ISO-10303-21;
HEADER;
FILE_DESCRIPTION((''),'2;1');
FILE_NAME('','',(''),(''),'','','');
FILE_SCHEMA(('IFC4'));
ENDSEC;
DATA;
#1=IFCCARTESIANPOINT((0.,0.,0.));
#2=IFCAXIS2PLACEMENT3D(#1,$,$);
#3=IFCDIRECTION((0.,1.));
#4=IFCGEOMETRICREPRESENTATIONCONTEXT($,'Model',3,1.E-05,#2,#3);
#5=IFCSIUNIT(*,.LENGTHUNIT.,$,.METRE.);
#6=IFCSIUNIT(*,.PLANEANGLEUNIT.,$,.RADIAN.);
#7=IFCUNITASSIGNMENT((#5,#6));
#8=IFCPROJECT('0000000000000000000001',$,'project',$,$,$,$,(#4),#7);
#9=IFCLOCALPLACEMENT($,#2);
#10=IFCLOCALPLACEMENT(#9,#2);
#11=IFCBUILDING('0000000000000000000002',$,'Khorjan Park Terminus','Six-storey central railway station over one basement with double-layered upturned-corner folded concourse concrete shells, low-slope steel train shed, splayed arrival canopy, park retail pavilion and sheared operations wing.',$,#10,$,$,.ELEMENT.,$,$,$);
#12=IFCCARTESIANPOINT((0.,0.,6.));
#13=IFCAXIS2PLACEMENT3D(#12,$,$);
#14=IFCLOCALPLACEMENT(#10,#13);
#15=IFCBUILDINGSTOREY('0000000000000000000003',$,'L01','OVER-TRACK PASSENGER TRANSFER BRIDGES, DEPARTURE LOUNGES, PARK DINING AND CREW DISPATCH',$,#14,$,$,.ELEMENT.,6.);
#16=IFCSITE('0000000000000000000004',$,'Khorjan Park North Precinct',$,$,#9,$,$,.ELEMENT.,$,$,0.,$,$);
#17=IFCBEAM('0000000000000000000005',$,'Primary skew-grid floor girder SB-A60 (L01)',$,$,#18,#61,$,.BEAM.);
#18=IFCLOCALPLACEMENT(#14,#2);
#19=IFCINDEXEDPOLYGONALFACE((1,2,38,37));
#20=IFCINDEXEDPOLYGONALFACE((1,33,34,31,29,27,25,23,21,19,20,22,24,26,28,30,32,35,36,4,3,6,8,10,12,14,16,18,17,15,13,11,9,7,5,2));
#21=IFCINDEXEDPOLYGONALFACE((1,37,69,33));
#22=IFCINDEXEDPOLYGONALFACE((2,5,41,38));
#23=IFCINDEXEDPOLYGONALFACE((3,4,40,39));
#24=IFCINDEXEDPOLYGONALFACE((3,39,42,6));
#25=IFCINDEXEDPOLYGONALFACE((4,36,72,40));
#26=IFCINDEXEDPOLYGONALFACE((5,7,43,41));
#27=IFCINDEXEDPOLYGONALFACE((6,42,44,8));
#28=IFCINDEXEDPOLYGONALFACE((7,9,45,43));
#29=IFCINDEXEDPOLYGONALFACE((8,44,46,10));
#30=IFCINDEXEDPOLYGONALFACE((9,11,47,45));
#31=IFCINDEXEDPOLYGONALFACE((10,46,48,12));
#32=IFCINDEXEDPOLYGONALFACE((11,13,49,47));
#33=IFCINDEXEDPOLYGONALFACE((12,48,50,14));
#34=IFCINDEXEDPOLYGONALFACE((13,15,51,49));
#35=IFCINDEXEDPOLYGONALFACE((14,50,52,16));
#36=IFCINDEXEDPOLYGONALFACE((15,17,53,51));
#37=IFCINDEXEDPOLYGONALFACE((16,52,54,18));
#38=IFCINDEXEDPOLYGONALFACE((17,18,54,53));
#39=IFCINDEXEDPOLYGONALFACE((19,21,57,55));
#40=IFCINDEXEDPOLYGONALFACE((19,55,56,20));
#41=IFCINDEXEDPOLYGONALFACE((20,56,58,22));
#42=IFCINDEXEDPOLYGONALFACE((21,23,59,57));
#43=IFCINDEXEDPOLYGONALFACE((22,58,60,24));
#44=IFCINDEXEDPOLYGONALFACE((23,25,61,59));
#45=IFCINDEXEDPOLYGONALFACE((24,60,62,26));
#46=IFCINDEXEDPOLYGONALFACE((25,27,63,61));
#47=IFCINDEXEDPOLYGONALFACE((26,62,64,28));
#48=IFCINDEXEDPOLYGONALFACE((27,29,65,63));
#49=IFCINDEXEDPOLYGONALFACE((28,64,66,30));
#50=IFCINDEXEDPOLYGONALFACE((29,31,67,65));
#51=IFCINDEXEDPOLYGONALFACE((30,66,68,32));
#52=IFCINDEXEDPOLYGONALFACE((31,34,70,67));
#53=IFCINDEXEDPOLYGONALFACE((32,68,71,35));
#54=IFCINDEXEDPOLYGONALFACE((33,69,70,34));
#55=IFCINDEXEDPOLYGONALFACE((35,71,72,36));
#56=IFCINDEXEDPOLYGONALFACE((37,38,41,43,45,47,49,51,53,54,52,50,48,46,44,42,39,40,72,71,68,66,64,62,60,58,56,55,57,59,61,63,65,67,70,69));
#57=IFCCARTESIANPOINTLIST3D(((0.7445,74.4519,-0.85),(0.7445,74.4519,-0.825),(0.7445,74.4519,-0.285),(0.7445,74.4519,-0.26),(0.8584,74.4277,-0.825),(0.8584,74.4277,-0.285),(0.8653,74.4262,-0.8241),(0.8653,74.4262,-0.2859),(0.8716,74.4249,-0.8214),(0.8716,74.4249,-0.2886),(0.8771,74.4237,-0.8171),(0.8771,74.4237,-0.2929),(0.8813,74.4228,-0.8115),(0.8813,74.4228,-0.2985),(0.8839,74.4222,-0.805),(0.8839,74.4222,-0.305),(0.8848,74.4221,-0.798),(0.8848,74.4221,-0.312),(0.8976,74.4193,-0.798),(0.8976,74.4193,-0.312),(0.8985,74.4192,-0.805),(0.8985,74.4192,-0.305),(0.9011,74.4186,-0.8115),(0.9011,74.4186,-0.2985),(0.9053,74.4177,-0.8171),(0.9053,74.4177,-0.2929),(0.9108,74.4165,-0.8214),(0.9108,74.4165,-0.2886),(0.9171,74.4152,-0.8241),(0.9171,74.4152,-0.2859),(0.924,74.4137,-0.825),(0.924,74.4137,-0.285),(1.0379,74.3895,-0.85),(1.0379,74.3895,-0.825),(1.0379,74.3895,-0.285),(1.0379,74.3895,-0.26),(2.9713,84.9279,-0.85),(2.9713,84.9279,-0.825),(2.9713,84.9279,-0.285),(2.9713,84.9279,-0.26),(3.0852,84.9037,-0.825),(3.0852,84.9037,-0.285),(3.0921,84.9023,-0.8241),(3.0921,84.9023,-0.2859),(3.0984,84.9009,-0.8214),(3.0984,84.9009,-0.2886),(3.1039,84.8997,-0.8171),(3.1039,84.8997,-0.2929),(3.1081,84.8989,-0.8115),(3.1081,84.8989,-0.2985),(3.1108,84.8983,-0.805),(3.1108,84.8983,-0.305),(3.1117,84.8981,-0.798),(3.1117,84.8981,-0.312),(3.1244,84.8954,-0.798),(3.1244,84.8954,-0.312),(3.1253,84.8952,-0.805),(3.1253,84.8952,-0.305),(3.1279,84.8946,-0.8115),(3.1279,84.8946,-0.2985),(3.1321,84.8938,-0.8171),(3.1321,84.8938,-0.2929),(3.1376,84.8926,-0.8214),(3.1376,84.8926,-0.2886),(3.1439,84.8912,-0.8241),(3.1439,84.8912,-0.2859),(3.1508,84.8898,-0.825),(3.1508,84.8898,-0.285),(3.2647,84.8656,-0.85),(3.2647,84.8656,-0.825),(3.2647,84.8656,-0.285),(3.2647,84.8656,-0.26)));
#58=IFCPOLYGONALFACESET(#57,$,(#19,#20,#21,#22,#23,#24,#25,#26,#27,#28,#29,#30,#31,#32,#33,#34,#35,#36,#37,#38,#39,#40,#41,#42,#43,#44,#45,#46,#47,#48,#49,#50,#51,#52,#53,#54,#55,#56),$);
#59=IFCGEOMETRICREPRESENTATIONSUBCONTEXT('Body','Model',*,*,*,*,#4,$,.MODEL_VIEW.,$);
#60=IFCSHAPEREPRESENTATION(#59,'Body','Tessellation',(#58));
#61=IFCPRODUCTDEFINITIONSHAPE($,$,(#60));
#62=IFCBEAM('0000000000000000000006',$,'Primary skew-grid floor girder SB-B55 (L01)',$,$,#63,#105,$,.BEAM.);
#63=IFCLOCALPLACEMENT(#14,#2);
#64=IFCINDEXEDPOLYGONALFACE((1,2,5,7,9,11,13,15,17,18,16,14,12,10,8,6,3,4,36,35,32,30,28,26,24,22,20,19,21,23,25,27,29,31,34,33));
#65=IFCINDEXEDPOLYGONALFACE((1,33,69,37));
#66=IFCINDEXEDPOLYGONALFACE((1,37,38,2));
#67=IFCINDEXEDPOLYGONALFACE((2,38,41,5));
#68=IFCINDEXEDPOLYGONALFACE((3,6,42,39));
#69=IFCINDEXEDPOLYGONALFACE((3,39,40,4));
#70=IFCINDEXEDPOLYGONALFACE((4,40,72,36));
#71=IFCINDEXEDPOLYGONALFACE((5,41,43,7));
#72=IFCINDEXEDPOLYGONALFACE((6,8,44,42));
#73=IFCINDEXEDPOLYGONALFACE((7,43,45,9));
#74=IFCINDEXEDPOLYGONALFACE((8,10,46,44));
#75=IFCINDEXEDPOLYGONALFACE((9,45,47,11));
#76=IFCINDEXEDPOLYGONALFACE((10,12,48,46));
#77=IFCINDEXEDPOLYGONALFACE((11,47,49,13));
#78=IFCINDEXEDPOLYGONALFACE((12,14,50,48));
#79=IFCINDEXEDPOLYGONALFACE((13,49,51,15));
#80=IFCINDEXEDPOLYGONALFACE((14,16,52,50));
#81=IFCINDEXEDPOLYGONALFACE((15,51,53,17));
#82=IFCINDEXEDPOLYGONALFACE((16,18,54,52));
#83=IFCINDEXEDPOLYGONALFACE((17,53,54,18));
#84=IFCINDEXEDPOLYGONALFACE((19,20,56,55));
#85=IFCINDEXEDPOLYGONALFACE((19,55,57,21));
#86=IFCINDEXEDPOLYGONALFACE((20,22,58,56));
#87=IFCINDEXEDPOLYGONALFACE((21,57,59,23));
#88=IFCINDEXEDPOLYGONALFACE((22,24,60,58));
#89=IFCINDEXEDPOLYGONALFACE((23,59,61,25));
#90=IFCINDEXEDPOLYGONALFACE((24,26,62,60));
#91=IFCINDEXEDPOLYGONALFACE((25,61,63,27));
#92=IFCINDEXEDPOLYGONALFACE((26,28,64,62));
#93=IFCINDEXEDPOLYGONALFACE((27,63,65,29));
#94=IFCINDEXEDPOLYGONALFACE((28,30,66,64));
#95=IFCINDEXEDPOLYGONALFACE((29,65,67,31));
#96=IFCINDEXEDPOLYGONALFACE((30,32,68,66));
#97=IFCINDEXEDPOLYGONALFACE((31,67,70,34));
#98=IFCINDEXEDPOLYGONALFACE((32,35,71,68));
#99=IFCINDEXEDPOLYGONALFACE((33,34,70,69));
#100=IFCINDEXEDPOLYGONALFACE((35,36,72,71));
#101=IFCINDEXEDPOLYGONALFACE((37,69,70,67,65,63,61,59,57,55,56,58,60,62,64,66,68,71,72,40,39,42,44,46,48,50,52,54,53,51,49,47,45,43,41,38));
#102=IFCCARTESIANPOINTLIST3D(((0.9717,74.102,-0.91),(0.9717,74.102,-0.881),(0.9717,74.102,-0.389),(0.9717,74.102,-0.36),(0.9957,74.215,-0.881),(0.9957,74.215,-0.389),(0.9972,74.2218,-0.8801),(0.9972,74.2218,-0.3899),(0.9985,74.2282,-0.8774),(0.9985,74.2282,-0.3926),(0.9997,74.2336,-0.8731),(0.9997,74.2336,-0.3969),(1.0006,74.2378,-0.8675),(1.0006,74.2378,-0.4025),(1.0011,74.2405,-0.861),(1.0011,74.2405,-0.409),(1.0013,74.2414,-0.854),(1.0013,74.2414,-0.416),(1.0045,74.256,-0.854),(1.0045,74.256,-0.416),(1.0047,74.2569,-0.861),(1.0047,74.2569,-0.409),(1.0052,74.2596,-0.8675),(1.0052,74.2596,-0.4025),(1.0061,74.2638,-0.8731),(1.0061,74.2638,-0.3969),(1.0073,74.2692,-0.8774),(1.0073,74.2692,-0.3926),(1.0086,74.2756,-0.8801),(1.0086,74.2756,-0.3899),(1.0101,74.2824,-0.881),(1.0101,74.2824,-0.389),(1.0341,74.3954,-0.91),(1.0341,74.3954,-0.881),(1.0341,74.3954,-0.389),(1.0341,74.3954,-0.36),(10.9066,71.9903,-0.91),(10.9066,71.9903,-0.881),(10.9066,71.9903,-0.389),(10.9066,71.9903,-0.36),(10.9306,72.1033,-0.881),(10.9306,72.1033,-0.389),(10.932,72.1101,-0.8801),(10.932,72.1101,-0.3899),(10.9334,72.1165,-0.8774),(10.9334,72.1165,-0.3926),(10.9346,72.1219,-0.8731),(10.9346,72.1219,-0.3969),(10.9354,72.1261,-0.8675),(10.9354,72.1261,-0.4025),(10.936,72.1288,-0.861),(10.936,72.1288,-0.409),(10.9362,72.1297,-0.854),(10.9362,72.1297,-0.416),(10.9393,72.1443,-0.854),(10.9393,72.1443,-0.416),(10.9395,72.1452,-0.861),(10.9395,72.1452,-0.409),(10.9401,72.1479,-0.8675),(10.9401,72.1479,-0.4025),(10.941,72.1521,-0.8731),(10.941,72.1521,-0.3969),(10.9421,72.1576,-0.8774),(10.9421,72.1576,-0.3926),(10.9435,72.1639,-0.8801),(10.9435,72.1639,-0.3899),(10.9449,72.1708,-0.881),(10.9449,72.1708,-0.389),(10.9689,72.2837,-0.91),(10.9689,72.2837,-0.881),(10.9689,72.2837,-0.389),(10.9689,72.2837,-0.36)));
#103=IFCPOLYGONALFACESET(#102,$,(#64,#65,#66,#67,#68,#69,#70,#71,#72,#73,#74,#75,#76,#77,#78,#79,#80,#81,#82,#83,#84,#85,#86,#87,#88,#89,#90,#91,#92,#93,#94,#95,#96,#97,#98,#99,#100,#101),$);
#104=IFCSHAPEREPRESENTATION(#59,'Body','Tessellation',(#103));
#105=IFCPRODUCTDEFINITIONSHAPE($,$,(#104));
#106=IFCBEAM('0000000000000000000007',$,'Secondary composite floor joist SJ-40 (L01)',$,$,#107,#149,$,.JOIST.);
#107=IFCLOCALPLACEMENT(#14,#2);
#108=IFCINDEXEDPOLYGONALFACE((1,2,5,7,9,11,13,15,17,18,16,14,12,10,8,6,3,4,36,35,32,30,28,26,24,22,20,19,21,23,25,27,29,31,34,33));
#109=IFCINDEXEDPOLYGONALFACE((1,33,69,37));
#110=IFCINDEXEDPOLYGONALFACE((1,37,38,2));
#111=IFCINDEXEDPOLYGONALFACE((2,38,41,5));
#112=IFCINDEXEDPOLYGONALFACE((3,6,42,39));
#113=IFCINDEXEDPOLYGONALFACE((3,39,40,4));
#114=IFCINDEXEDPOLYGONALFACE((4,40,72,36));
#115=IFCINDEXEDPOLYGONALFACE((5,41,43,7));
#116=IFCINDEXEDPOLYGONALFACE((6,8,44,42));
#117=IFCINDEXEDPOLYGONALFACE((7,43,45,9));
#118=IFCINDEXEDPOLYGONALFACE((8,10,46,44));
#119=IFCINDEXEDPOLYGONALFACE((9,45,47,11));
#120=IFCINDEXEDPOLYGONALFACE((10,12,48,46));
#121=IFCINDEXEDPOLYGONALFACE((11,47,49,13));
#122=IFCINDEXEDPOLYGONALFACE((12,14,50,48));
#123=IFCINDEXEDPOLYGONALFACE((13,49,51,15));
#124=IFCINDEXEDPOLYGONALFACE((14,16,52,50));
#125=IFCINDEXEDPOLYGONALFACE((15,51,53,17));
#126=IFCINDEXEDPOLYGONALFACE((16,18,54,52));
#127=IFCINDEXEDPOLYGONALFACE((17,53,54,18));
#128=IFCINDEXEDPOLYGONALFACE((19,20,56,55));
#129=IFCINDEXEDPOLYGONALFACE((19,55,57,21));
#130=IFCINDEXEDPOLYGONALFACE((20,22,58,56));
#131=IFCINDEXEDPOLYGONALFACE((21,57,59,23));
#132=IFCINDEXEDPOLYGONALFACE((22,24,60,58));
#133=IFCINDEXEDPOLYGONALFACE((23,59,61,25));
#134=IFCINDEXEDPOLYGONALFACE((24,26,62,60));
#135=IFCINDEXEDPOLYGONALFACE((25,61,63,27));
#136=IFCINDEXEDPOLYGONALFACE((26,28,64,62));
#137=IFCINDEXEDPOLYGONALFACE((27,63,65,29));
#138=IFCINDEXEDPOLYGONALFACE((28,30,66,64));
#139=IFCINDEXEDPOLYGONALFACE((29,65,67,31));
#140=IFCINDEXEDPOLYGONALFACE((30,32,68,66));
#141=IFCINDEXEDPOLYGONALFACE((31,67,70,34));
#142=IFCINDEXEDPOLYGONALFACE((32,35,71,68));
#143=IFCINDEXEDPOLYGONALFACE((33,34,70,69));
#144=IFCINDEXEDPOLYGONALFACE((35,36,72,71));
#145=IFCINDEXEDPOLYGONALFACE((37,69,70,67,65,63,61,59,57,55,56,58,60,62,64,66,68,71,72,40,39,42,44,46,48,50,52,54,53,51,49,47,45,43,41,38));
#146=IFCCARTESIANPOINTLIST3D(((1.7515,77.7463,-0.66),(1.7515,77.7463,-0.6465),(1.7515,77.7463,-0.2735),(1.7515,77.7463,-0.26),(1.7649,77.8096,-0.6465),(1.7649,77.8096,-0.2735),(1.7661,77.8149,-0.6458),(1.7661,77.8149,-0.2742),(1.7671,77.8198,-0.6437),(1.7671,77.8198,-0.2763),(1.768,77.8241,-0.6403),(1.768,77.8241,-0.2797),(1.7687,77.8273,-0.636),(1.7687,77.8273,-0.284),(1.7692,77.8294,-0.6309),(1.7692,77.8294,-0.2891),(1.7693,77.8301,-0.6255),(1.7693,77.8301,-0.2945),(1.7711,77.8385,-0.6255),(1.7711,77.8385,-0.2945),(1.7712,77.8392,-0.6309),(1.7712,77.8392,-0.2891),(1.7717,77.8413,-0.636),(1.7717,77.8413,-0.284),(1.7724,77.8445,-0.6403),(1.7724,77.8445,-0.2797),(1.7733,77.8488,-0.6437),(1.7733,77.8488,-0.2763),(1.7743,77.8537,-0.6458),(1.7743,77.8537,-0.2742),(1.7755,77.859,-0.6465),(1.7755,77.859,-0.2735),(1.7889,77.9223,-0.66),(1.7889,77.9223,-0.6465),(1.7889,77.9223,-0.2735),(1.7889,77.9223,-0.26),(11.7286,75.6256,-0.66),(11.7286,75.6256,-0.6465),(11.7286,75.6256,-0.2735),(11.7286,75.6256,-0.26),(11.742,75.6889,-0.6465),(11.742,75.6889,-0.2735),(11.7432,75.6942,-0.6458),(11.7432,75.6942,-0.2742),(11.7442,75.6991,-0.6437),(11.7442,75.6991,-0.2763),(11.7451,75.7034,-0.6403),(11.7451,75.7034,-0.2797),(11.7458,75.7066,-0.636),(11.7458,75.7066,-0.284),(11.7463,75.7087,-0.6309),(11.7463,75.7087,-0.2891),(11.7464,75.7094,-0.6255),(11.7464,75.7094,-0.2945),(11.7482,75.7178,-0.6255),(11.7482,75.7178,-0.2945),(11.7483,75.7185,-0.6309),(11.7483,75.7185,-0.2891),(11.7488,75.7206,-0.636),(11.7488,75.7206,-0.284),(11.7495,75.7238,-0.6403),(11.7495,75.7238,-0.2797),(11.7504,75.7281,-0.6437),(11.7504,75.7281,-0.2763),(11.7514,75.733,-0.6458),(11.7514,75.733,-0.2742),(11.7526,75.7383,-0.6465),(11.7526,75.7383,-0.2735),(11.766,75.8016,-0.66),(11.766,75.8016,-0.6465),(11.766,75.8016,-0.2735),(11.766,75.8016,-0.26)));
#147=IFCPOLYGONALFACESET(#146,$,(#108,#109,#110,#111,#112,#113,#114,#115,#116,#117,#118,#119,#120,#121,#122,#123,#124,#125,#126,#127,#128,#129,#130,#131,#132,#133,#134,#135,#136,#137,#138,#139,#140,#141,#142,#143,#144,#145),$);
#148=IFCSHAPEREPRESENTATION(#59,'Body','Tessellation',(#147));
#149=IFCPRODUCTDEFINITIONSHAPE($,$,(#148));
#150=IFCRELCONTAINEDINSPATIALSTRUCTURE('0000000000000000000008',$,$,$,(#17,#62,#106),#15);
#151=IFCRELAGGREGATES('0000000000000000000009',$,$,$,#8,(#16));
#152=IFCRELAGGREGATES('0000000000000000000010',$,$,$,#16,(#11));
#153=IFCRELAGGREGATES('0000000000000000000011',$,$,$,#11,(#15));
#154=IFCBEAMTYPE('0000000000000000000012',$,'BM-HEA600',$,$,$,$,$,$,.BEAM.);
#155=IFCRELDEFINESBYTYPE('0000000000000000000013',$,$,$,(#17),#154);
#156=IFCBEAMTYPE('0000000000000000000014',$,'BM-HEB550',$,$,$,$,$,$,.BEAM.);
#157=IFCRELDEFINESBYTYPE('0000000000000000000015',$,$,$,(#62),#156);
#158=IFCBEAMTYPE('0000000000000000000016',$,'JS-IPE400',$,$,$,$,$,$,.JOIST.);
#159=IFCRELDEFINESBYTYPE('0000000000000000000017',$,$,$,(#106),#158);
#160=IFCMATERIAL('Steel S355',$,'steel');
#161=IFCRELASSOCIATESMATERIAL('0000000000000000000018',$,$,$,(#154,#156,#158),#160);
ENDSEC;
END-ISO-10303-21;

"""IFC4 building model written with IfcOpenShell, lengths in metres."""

from ifc_helpers import new_model, si_unit, direction, frame, origin, origin_2d, place, context, subcontext, project, spatial, i_section, extrude, material, material_profile, profile_set, type_object, element, save


model = new_model("IFC4")

# Units and contexts
model_context = context("Model", 3, precision=1e-05, world=origin(), true_north=direction((0.0, 1.0)))
body_context = subcontext(model_context, "Body", "Model", "MODEL_VIEW")
ifc_project = project(units=[si_unit("LENGTHUNIT", "METRE"), si_unit("PLANEANGLEUNIT", "RADIAN")], contexts=[model_context])

# Site, building, storey
site_placement = place(None, origin())
site = spatial("IfcSite", under=ifc_project, at=site_placement, Name="Khorjan Park North Precinct", CompositionType="ELEMENT", RefElevation=0.0)
building_placement = place(site_placement, origin())
building = spatial("IfcBuilding", under=site, at=building_placement, Name="Khorjan Park Terminus", Description="Six-storey central railway station over one basement with double-layered upturned-corner folded concourse concrete shells, low-slope steel train shed, splayed arrival canopy, park retail pavilion and sheared operations wing.", CompositionType="ELEMENT")
storey_placement = place(building_placement, frame((0.0, 0.0, 6.0)))
storey = spatial("IfcBuildingStorey", under=building, at=storey_placement, Name="L01", Description="OVER-TRACK PASSENGER TRANSFER BRIDGES, DEPARTURE LOUNGES, PARK DINING AND CREW DISPATCH", CompositionType="ELEMENT", Elevation=6.0)

# Shared definitions
ifc_material_1 = material(Name="Steel S355", Category="steel")

# Beams
ifc_material_profile_1 = material_profile(ifc_material_1, i_section(OverallWidth=0.3, OverallDepth=0.59, WebThickness=0.013, FlangeThickness=0.025, FilletRadius=0.027, at=origin_2d()), Name="HEA 600")
ifc_profile_set_1 = profile_set([ifc_material_profile_1], Name="Steel S355")
beam_type_1 = type_object("IfcBeamType", Name="BM-HEA600", PredefinedType="BEAM", material=ifc_profile_set_1)
beam_1_placement = place(storey_placement, frame((0.8912, 74.4207, -0.555), z_axis=(0.207917, 0.978147, 0.0), x_axis=(-0.978147, 0.207917, 0.0)))
element("IfcBeam", 1, at=beam_1_placement, inside=storey, type_object=beam_type_1, Name="Primary skew-grid floor girder SB-A60 (L01)", PredefinedType="BEAM", context=body_context, shape_type="SweptSolid", body=[
    extrude(i_section(OverallWidth=0.3, OverallDepth=0.59, WebThickness=0.013, FlangeThickness=0.025, FilletRadius=0.027, at=origin_2d()), origin(), (0.0, 0.0, 1.0), 10.7101),
])
ifc_material_profile_2 = material_profile(ifc_material_1, i_section(OverallWidth=0.3, OverallDepth=0.55, WebThickness=0.015, FlangeThickness=0.029, FilletRadius=0.027, at=origin_2d()), Name="HEB 550")
ifc_profile_set_2 = profile_set([ifc_material_profile_2], Name="Steel S355")
beam_type_2 = type_object("IfcBeamType", Name="BM-HEB550", PredefinedType="BEAM", material=ifc_profile_set_2)
beam_2_placement = place(storey_placement, frame((1.0029, 74.2487, -0.635), z_axis=(0.978148, -0.207909, 0.0), x_axis=(0.207909, 0.978148, 0.0)))
element("IfcBeam", 2, at=beam_2_placement, inside=storey, type_object=beam_type_2, Name="Primary skew-grid floor girder SB-B55 (L01)", PredefinedType="BEAM", context=body_context, shape_type="SweptSolid", body=[
    extrude(i_section(OverallWidth=0.3, OverallDepth=0.55, WebThickness=0.015, FlangeThickness=0.029, FilletRadius=0.027, at=origin_2d()), origin(), (0.0, 0.0, 1.0), 10.1568),
])
ifc_material_profile_3 = material_profile(ifc_material_1, i_section(OverallWidth=0.18, OverallDepth=0.4, WebThickness=0.0086, FlangeThickness=0.0135, FilletRadius=0.021, at=origin_2d()), Name="IPE 400")
ifc_profile_set_3 = profile_set([ifc_material_profile_3], Name="Steel S355")
beam_type_3 = type_object("IfcBeamType", Name="JS-IPE400", PredefinedType="JOIST", material=ifc_profile_set_3)
beam_3_placement = place(storey_placement, frame((1.7702, 77.8343, -0.46), z_axis=(0.978148, -0.207912, 0.0), x_axis=(0.207912, 0.978148, 0.0)))
element("IfcBeam", 3, at=beam_3_placement, inside=storey, type_object=beam_type_3, Name="Secondary composite floor joist SJ-40 (L01)", PredefinedType="JOIST", context=body_context, shape_type="SweptSolid", body=[
    extrude(i_section(OverallWidth=0.18, OverallDepth=0.4, WebThickness=0.0086, FlangeThickness=0.0135, FilletRadius=0.021, at=origin_2d()), origin(), (0.0, 0.0, 1.0), 10.2),
])

save(model, "model.ifc")
